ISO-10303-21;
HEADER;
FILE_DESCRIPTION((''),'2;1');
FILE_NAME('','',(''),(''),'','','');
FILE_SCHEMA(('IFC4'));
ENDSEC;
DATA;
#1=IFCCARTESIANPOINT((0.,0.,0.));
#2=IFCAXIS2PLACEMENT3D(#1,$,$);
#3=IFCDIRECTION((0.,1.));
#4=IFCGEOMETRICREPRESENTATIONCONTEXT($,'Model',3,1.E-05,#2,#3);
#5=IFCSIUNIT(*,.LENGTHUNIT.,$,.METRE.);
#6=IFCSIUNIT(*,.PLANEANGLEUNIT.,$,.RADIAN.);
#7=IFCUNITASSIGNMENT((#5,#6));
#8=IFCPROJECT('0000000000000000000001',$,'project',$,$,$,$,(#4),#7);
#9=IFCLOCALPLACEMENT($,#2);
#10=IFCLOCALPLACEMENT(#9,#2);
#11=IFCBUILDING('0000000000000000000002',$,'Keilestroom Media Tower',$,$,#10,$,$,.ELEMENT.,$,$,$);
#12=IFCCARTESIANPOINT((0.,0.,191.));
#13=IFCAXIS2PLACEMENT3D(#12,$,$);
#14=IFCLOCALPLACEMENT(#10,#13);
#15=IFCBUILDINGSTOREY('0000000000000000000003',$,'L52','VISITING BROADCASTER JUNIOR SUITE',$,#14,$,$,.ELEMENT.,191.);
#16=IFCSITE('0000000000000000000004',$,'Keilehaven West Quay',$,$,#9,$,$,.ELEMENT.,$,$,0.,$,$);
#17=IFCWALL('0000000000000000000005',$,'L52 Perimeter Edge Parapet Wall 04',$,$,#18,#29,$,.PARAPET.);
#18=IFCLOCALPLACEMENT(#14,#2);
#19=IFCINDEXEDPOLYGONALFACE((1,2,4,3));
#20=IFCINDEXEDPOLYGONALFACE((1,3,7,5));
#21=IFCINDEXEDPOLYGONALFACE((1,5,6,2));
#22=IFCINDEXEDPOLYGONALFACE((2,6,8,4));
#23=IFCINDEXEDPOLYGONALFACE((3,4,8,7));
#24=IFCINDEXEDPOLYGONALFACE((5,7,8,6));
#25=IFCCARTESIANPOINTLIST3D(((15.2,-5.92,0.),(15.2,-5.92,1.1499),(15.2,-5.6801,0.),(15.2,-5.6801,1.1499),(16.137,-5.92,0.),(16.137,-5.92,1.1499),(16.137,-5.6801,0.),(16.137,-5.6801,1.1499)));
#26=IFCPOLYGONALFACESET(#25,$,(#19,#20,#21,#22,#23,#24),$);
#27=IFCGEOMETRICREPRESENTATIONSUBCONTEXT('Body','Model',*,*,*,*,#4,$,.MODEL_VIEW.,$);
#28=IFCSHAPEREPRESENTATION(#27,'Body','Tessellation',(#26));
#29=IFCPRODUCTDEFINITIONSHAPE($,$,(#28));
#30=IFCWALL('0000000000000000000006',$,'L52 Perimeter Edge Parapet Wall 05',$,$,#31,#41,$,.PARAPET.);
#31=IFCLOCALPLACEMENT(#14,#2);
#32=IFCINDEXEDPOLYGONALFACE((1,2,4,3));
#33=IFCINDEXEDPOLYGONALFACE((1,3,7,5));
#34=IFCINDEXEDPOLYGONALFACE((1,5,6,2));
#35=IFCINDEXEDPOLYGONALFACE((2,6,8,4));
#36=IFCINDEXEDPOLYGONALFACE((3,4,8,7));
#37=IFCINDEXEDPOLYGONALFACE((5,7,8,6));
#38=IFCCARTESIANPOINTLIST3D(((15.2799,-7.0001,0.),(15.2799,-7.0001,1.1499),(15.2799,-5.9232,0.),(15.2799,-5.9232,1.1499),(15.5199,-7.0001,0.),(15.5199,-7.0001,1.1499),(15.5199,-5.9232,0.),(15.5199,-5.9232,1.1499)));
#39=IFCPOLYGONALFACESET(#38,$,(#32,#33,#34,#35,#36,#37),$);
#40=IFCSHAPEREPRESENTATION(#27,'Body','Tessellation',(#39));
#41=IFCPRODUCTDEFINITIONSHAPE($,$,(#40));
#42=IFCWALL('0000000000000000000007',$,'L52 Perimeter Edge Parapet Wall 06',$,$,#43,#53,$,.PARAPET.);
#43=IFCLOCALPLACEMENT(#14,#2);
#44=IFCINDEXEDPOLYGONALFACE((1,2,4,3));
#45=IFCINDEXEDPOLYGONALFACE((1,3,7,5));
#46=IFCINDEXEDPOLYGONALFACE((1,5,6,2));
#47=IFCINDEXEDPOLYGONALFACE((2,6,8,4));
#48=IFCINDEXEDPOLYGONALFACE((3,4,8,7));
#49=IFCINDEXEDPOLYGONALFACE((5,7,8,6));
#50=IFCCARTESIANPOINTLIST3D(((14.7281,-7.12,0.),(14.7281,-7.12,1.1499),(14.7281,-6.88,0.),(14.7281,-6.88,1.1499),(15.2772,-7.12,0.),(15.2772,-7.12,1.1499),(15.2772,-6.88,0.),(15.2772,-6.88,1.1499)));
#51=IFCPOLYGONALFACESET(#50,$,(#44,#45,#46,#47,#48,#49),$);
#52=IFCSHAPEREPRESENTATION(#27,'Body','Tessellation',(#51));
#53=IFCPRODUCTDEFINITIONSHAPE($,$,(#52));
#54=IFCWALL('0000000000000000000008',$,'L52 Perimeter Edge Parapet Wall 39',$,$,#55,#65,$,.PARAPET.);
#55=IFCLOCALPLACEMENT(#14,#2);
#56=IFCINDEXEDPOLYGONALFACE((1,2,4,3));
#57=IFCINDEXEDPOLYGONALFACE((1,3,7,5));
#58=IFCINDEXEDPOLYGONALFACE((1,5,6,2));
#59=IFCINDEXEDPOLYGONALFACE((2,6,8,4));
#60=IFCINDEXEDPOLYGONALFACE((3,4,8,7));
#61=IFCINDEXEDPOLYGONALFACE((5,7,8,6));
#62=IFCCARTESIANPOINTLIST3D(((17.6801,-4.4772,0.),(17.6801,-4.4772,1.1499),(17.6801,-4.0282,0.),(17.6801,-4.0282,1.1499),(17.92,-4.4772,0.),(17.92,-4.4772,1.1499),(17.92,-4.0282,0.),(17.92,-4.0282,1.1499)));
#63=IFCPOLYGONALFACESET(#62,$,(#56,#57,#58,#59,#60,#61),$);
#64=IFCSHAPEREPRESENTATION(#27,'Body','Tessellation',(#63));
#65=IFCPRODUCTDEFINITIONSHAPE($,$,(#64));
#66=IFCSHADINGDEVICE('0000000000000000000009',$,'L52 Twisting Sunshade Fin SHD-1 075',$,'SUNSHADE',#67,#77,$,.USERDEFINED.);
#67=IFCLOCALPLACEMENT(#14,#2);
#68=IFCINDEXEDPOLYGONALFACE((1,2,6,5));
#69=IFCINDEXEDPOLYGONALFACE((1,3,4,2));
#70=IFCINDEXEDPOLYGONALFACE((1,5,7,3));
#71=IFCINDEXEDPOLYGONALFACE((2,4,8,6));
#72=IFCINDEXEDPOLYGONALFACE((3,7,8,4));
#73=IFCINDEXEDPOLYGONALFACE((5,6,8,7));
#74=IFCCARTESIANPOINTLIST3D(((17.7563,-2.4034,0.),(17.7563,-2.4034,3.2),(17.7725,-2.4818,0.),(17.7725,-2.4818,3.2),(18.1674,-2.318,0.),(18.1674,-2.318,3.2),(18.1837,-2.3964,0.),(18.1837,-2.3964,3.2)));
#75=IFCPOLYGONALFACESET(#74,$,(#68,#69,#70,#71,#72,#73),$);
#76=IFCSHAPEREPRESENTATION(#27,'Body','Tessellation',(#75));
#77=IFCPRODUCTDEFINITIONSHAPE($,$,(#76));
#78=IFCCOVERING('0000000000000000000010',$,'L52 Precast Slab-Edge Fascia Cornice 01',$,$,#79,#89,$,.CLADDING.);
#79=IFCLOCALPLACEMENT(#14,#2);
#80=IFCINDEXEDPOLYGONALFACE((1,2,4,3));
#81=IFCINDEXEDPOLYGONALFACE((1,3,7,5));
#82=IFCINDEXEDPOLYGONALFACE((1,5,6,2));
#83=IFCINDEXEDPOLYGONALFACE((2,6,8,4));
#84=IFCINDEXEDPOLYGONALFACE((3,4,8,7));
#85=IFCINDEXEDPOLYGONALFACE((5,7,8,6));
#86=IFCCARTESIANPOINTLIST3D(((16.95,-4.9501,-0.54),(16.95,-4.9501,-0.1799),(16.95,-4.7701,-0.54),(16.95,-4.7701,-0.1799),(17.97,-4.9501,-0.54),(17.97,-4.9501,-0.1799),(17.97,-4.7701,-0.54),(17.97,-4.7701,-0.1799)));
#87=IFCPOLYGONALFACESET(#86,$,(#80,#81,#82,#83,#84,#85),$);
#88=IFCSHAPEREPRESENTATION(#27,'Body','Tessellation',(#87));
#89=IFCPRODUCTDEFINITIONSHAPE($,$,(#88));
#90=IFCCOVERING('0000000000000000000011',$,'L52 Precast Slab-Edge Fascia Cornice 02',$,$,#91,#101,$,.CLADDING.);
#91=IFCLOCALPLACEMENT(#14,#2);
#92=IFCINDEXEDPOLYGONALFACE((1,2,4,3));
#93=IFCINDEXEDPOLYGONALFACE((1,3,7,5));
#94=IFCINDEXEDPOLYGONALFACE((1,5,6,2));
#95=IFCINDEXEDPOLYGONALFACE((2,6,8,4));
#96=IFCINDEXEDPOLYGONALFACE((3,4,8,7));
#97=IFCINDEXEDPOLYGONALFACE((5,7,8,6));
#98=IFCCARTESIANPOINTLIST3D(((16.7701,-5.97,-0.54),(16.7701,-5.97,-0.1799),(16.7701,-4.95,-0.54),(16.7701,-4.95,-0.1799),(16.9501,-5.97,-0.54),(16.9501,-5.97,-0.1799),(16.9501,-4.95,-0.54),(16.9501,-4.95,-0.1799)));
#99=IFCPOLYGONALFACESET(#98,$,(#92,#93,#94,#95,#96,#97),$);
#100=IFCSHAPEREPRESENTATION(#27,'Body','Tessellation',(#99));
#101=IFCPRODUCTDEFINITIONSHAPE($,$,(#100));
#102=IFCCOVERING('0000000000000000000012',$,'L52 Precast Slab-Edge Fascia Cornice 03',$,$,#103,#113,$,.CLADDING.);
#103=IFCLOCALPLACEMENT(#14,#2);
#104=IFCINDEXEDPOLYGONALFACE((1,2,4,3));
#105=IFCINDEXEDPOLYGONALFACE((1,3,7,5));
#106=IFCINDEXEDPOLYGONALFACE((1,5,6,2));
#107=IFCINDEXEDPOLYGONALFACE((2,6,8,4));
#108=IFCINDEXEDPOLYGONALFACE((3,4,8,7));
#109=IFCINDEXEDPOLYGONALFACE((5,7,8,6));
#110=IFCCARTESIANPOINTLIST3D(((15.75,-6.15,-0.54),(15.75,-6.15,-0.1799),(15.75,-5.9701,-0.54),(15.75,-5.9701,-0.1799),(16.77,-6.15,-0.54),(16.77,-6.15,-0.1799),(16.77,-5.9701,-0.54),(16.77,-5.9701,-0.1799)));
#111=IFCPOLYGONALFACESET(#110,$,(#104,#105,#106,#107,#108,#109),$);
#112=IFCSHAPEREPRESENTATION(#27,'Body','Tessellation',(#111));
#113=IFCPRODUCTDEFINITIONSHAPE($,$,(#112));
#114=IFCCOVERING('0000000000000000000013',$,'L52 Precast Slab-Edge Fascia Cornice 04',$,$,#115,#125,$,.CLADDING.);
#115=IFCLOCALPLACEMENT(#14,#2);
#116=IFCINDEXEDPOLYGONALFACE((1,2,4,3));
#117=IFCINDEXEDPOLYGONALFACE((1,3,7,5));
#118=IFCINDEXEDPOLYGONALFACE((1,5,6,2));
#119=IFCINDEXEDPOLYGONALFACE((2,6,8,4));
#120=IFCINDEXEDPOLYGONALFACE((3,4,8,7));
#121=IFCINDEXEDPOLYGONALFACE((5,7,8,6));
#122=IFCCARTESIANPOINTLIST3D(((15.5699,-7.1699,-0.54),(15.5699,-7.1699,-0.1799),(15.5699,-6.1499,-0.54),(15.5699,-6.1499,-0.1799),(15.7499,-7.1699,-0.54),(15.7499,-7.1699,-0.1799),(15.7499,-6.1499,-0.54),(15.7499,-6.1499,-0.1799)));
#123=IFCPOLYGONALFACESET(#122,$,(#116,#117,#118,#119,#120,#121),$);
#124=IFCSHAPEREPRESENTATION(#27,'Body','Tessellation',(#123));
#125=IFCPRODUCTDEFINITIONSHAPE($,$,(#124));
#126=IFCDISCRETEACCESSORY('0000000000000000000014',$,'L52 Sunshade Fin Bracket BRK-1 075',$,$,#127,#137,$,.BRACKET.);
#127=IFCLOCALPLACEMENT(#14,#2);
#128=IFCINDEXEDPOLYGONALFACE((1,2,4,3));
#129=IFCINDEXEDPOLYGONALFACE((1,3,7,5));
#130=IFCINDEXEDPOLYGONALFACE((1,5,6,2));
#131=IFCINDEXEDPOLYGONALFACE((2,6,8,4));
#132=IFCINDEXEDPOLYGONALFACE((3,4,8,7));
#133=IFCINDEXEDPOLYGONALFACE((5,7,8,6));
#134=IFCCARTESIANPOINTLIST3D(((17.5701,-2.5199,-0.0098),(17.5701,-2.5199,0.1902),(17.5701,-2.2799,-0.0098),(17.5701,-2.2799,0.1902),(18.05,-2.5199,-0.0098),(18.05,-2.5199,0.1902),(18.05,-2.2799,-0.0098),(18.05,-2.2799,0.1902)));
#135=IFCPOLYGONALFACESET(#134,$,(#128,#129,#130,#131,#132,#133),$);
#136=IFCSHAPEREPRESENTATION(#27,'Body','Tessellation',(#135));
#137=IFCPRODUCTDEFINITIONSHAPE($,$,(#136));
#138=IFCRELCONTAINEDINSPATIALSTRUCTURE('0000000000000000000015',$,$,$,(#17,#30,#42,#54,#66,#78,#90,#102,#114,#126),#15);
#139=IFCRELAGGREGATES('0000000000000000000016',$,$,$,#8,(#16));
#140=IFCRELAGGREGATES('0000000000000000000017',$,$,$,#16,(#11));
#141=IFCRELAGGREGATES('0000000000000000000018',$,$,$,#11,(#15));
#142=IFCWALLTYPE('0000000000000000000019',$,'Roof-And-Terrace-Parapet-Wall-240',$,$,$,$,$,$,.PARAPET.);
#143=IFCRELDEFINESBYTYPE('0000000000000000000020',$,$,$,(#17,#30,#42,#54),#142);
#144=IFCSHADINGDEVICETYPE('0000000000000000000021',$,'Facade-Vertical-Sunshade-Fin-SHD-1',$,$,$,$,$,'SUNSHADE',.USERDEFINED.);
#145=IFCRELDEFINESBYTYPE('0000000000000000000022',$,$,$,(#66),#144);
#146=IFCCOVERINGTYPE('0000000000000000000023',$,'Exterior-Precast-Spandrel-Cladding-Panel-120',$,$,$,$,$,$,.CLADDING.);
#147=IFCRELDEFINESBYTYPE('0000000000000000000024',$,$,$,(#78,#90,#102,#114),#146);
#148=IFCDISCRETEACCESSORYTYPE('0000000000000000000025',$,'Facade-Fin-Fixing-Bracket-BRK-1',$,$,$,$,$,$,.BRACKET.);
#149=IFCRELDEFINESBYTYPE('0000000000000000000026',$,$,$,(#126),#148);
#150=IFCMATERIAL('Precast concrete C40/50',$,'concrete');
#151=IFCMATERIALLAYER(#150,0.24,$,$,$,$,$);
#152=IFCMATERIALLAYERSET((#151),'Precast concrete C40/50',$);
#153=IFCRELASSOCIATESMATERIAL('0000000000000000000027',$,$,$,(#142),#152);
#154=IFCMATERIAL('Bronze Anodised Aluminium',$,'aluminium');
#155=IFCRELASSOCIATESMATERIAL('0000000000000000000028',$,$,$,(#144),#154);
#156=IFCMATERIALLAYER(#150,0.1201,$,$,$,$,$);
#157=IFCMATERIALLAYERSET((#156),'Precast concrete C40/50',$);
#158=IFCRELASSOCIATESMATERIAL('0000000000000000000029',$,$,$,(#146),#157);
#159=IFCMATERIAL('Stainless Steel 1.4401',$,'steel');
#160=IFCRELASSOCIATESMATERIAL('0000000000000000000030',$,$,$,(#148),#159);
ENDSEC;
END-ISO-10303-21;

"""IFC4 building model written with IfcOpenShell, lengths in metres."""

from ifc_helpers import new_model, si_unit, direction, frame, frame_2d, origin, origin_2d, place, context, subcontext, project, spatial, rectangle, extrude, source, transform, mapped, material, layer, layer_set, type_object, element, save


model = new_model("IFC4")

# Units and contexts
model_context = context("Model", 3, precision=1e-05, world=origin(), true_north=direction((0.0, 1.0)))
body_context = subcontext(model_context, "Body", "Model", "MODEL_VIEW")
ifc_project = project(units=[si_unit("LENGTHUNIT", "METRE"), si_unit("PLANEANGLEUNIT", "RADIAN")], contexts=[model_context])

# Site, building, storey
site_placement = place(None, origin())
site = spatial("IfcSite", under=ifc_project, at=site_placement, Name="Keilehaven West Quay", CompositionType="ELEMENT", RefElevation=0.0)
building_placement = place(site_placement, origin())
building = spatial("IfcBuilding", under=site, at=building_placement, Name="Keilestroom Media Tower", CompositionType="ELEMENT")
storey_placement = place(building_placement, frame((0.0, 0.0, 191.0)))
storey = spatial("IfcBuildingStorey", under=building, at=storey_placement, Name="L52", Description="VISITING BROADCASTER JUNIOR SUITE", CompositionType="ELEMENT", Elevation=191.0)

# Shared definitions
ifc_material_1 = material(Name="Precast concrete C40/50", Category="concrete")

# Walls
ifc_layer_1 = layer(ifc_material_1, 0.24)
ifc_layer_set_1 = layer_set([ifc_layer_1], Name="Precast concrete C40/50")
wall_type_1 = type_object("IfcWallType", Name="Roof-And-Terrace-Parapet-Wall-240", PredefinedType="PARAPET", material=ifc_layer_set_1)
wall_1_placement = place(storey_placement, frame((16.137, -5.8, 0.0), z_axis=(0.0, 0.0, 1.0), x_axis=(-1.0, 0.0, 0.0)))
element("IfcWall", 1, at=wall_1_placement, inside=storey, type_object=wall_type_1, Name="L52 Perimeter Edge Parapet Wall 04", PredefinedType="PARAPET", context=body_context, shape_type="SweptSolid", body=[
    extrude(rectangle(XDim=0.937, YDim=0.24, at=frame_2d((0.4685, 0.0))), origin(), (0.0, 0.0, 1.0), 1.1499),
])
wall_2_placement = place(storey_placement, frame((15.3999, -5.9231, 0.0), z_axis=(0.0, 0.0, 1.0), x_axis=(0.0, -1.0, 0.0)))
element("IfcWall", 2, at=wall_2_placement, inside=storey, type_object=wall_type_1, Name="L52 Perimeter Edge Parapet Wall 05", PredefinedType="PARAPET", context=body_context, shape_type="SweptSolid", body=[
    extrude(rectangle(XDim=1.0769, YDim=0.24, at=frame_2d((0.5386, 0.0))), origin(), (0.0, 0.0, 1.0), 1.1499),
])
wall_3_placement = place(storey_placement, frame((15.2771, -7.0, 0.0), z_axis=(0.0, 0.0, 1.0), x_axis=(-1.0, 0.0, 0.0)))
element("IfcWall", 3, at=wall_3_placement, inside=storey, type_object=wall_type_1, Name="L52 Perimeter Edge Parapet Wall 06", PredefinedType="PARAPET", context=body_context, shape_type="SweptSolid", body=[
    extrude(rectangle(XDim=0.5491, YDim=0.24, at=frame_2d((0.2744, 0.0))), origin(), (0.0, 0.0, 1.0), 1.1499),
])
wall_4_placement = place(storey_placement, frame((17.8, -4.0281, 0.0), z_axis=(0.0, 0.0, 1.0), x_axis=(0.0, -1.0, 0.0)))
element("IfcWall", 4, at=wall_4_placement, inside=storey, type_object=wall_type_1, Name="L52 Perimeter Edge Parapet Wall 39", PredefinedType="PARAPET", context=body_context, shape_type="SweptSolid", body=[
    extrude(rectangle(XDim=0.449, YDim=0.24, at=frame_2d((0.2246, 0.0))), origin(), (0.0, 0.0, 1.0), 1.1499),
])

# Shading device
ifc_material_2 = material(Name="Bronze Anodised Aluminium", Category="aluminium")
shading_device_type = type_object("IfcShadingDeviceType", Name="Facade-Vertical-Sunshade-Fin-SHD-1", ElementType="SUNSHADE", PredefinedType="USERDEFINED", material=ifc_material_2)
shared_shape_1 = source(origin(), body_context, "Body", "SweptSolid", [
    extrude(rectangle(XDim=0.4199, YDim=0.0801, at=origin_2d()), origin(), (0.0, 0.0, 1.0), 3.2),
])
shading_device_placement = place(storey_placement, frame((17.97, -2.3999, 0.0), z_axis=(0.0, 0.0, 1.0), x_axis=(0.979081, 0.203471, 0.0)))
element("IfcShadingDevice", 5, at=shading_device_placement, inside=storey, type_object=shading_device_type, Name="L52 Twisting Sunshade Fin SHD-1 075", ObjectType="SUNSHADE", PredefinedType="USERDEFINED", context=body_context, shape_type="MappedRepresentation", body=[
    mapped(shared_shape_1, transform((0.0, 0.0, 0.0), x_axis=(1.0, 0.0, 0.0), y_axis=(0.0, 1.0, 0.0), z_axis=(0.0, 0.0, 1.0), scale=1.0)),
])

# Coverings
ifc_layer_2 = layer(ifc_material_1, 0.1201)
ifc_layer_set_2 = layer_set([ifc_layer_2], Name="Precast concrete C40/50")
covering_type = type_object("IfcCoveringType", Name="Exterior-Precast-Spandrel-Cladding-Panel-120", PredefinedType="CLADDING", material=ifc_layer_set_2)
shared_shape_2 = source(origin(), body_context, "Body", "SweptSolid", [
    extrude(rectangle(XDim=1.02, YDim=0.1799, at=origin_2d()), origin(), (0.0, 0.0, 1.0), 0.3601),
])
for number, where, z_axis, x_axis, name in (
    (6, (17.46, -4.8601, -0.54), (0.0, 0.0, 1.0), (-1.0, 0.0, 0.0), "L52 Precast Slab-Edge Fascia Cornice 01"),
    (7, (16.8601, -5.46, -0.54), (0.0, 0.0, 1.0), (0.0, -1.0, 0.0), "L52 Precast Slab-Edge Fascia Cornice 02"),
    (8, (16.26, -6.0601, -0.54), (0.0, 0.0, 1.0), (-1.0, 0.0, 0.0), "L52 Precast Slab-Edge Fascia Cornice 03"),
    (9, (15.6599, -6.6599, -0.54), (0.0, 0.0, 1.0), (0.0, -1.0, 0.0), "L52 Precast Slab-Edge Fascia Cornice 04"),
):
    element("IfcCovering", number, at=place(storey_placement, frame(where, z_axis=z_axis, x_axis=x_axis)), inside=storey, type_object=covering_type, Name=name, PredefinedType="CLADDING", context=body_context, shape_type="MappedRepresentation", body=[
        mapped(shared_shape_2, transform((0.0, 0.0, 0.0), x_axis=(1.0, 0.0, 0.0), y_axis=(0.0, 1.0, 0.0), z_axis=(0.0, 0.0, 1.0), scale=1.0)),
    ])

# Discrete accessory
ifc_material_3 = material(Name="Stainless Steel 1.4401", Category="steel")
discrete_accessory_type = type_object("IfcDiscreteAccessoryType", Name="Facade-Fin-Fixing-Bracket-BRK-1", PredefinedType="BRACKET", material=ifc_material_3)
shared_shape_3 = source(origin(), body_context, "Body", "SweptSolid", [
    extrude(rectangle(XDim=0.48, YDim=0.24, at=origin_2d()), origin(), (0.0, 0.0, 1.0), 0.2),
])
discrete_accessory_placement = place(storey_placement, frame((17.8101, -2.3999, -0.0098), z_axis=(0.0, 0.0, 1.0), x_axis=(1.0, 0.0, 0.0)))
element("IfcDiscreteAccessory", 10, at=discrete_accessory_placement, inside=storey, type_object=discrete_accessory_type, Name="L52 Sunshade Fin Bracket BRK-1 075", PredefinedType="BRACKET", context=body_context, shape_type="MappedRepresentation", body=[
    mapped(shared_shape_3, transform((0.0, 0.0, 0.0), x_axis=(1.0, 0.0, 0.0), y_axis=(0.0, 1.0, 0.0), z_axis=(0.0, 0.0, 1.0), scale=1.0)),
])

save(model, "model.ifc")
